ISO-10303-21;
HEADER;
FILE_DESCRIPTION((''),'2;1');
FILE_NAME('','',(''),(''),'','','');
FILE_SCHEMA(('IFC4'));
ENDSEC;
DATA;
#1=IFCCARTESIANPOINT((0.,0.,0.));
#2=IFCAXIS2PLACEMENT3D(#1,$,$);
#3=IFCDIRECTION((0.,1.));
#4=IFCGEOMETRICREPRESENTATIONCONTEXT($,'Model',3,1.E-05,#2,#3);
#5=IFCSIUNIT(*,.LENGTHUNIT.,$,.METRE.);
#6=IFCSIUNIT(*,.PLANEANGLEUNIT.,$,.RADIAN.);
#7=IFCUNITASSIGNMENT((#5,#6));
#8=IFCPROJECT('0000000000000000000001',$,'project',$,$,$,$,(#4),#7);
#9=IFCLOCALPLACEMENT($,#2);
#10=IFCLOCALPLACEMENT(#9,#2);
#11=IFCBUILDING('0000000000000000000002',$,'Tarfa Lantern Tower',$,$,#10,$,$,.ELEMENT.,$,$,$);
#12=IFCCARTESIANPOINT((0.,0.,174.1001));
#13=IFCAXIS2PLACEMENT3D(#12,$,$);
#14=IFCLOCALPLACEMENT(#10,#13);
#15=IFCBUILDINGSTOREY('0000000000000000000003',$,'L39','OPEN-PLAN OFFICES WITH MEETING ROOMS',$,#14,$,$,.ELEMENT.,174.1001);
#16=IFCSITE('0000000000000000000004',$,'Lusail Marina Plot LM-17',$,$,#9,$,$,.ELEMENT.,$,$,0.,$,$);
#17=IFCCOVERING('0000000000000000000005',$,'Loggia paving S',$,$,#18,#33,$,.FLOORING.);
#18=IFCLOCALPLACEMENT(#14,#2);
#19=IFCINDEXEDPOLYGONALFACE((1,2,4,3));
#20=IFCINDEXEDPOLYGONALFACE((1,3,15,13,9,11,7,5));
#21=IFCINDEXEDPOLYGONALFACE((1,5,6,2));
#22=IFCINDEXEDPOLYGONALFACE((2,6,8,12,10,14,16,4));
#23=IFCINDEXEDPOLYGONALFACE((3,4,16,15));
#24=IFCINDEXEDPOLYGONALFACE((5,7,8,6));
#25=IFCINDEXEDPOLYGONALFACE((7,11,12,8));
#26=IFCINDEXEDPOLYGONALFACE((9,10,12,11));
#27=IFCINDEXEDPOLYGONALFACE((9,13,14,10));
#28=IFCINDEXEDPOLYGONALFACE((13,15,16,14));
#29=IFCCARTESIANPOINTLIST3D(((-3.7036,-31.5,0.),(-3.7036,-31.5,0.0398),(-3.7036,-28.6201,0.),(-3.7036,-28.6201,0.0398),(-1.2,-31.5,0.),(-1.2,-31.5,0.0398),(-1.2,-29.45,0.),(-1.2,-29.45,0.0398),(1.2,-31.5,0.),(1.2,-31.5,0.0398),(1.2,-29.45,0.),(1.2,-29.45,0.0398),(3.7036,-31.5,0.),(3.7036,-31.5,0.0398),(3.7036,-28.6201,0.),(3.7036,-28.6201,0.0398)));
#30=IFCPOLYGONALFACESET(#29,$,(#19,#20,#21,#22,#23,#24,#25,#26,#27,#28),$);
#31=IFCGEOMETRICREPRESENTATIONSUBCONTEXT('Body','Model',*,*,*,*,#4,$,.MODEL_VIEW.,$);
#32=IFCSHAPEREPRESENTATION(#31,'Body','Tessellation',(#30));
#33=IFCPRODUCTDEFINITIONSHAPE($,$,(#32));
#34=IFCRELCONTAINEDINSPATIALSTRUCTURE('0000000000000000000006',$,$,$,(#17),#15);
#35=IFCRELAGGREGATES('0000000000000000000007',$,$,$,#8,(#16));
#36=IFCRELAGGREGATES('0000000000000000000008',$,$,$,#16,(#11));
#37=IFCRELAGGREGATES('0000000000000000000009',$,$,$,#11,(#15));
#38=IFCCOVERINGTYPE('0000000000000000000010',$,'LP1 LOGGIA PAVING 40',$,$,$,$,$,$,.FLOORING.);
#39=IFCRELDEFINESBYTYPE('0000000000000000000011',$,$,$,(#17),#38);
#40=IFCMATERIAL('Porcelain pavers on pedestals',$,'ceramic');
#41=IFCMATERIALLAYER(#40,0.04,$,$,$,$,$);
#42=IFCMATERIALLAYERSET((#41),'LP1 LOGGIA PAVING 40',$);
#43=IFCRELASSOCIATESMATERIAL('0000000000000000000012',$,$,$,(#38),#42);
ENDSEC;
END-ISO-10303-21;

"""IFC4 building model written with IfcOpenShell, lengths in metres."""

from ifc_helpers import new_model, si_unit, direction, frame, origin, place, context, subcontext, project, spatial, polyline, outline, extrude, material, layer, layer_set, type_object, element, save


model = new_model("IFC4")

# Units and contexts
model_context = context("Model", 3, precision=1e-05, world=origin(), true_north=direction((0.0, 1.0)))
body_context = subcontext(model_context, "Body", "Model", "MODEL_VIEW")
ifc_project = project(units=[si_unit("LENGTHUNIT", "METRE"), si_unit("PLANEANGLEUNIT", "RADIAN")], contexts=[model_context])

# Site, building, storey
site_placement = place(None, origin())
site = spatial("IfcSite", under=ifc_project, at=site_placement, Name="Lusail Marina Plot LM-17", CompositionType="ELEMENT", RefElevation=0.0)
building_placement = place(site_placement, origin())
building = spatial("IfcBuilding", under=site, at=building_placement, Name="Tarfa Lantern Tower", CompositionType="ELEMENT")
storey_placement = place(building_placement, frame((0.0, 0.0, 174.1001)))
storey = spatial("IfcBuildingStorey", under=building, at=storey_placement, Name="L39", Description="OPEN-PLAN OFFICES WITH MEETING ROOMS", CompositionType="ELEMENT", Elevation=174.1001)

# Covering
ifc_material_1 = material(Name="Porcelain pavers on pedestals", Category="ceramic")
ifc_layer_1 = layer(ifc_material_1, 0.04)
ifc_layer_set_1 = layer_set([ifc_layer_1], Name="LP1 LOGGIA PAVING 40")
covering_type = type_object("IfcCoveringType", Name="LP1 LOGGIA PAVING 40", PredefinedType="FLOORING", material=ifc_layer_set_1)
covering_1_placement = place(storey_placement, origin())
element("IfcCovering", 1, at=covering_1_placement, inside=storey, type_object=covering_type, Name="Loggia paving S", PredefinedType="FLOORING", context=body_context, shape_type="SweptSolid", body=[
    extrude(outline(polyline([(-3.7036, -31.5), (-3.7036, -28.6201), (3.7036, -28.6201), (3.7036, -31.5), (1.2, -31.5), (1.2, -29.45), (-1.2, -29.45), (-1.2, -31.5), (-3.7036, -31.5)])), origin(), (0.0, 0.0, 1.0), 0.0398),
])

save(model, "model.ifc")
